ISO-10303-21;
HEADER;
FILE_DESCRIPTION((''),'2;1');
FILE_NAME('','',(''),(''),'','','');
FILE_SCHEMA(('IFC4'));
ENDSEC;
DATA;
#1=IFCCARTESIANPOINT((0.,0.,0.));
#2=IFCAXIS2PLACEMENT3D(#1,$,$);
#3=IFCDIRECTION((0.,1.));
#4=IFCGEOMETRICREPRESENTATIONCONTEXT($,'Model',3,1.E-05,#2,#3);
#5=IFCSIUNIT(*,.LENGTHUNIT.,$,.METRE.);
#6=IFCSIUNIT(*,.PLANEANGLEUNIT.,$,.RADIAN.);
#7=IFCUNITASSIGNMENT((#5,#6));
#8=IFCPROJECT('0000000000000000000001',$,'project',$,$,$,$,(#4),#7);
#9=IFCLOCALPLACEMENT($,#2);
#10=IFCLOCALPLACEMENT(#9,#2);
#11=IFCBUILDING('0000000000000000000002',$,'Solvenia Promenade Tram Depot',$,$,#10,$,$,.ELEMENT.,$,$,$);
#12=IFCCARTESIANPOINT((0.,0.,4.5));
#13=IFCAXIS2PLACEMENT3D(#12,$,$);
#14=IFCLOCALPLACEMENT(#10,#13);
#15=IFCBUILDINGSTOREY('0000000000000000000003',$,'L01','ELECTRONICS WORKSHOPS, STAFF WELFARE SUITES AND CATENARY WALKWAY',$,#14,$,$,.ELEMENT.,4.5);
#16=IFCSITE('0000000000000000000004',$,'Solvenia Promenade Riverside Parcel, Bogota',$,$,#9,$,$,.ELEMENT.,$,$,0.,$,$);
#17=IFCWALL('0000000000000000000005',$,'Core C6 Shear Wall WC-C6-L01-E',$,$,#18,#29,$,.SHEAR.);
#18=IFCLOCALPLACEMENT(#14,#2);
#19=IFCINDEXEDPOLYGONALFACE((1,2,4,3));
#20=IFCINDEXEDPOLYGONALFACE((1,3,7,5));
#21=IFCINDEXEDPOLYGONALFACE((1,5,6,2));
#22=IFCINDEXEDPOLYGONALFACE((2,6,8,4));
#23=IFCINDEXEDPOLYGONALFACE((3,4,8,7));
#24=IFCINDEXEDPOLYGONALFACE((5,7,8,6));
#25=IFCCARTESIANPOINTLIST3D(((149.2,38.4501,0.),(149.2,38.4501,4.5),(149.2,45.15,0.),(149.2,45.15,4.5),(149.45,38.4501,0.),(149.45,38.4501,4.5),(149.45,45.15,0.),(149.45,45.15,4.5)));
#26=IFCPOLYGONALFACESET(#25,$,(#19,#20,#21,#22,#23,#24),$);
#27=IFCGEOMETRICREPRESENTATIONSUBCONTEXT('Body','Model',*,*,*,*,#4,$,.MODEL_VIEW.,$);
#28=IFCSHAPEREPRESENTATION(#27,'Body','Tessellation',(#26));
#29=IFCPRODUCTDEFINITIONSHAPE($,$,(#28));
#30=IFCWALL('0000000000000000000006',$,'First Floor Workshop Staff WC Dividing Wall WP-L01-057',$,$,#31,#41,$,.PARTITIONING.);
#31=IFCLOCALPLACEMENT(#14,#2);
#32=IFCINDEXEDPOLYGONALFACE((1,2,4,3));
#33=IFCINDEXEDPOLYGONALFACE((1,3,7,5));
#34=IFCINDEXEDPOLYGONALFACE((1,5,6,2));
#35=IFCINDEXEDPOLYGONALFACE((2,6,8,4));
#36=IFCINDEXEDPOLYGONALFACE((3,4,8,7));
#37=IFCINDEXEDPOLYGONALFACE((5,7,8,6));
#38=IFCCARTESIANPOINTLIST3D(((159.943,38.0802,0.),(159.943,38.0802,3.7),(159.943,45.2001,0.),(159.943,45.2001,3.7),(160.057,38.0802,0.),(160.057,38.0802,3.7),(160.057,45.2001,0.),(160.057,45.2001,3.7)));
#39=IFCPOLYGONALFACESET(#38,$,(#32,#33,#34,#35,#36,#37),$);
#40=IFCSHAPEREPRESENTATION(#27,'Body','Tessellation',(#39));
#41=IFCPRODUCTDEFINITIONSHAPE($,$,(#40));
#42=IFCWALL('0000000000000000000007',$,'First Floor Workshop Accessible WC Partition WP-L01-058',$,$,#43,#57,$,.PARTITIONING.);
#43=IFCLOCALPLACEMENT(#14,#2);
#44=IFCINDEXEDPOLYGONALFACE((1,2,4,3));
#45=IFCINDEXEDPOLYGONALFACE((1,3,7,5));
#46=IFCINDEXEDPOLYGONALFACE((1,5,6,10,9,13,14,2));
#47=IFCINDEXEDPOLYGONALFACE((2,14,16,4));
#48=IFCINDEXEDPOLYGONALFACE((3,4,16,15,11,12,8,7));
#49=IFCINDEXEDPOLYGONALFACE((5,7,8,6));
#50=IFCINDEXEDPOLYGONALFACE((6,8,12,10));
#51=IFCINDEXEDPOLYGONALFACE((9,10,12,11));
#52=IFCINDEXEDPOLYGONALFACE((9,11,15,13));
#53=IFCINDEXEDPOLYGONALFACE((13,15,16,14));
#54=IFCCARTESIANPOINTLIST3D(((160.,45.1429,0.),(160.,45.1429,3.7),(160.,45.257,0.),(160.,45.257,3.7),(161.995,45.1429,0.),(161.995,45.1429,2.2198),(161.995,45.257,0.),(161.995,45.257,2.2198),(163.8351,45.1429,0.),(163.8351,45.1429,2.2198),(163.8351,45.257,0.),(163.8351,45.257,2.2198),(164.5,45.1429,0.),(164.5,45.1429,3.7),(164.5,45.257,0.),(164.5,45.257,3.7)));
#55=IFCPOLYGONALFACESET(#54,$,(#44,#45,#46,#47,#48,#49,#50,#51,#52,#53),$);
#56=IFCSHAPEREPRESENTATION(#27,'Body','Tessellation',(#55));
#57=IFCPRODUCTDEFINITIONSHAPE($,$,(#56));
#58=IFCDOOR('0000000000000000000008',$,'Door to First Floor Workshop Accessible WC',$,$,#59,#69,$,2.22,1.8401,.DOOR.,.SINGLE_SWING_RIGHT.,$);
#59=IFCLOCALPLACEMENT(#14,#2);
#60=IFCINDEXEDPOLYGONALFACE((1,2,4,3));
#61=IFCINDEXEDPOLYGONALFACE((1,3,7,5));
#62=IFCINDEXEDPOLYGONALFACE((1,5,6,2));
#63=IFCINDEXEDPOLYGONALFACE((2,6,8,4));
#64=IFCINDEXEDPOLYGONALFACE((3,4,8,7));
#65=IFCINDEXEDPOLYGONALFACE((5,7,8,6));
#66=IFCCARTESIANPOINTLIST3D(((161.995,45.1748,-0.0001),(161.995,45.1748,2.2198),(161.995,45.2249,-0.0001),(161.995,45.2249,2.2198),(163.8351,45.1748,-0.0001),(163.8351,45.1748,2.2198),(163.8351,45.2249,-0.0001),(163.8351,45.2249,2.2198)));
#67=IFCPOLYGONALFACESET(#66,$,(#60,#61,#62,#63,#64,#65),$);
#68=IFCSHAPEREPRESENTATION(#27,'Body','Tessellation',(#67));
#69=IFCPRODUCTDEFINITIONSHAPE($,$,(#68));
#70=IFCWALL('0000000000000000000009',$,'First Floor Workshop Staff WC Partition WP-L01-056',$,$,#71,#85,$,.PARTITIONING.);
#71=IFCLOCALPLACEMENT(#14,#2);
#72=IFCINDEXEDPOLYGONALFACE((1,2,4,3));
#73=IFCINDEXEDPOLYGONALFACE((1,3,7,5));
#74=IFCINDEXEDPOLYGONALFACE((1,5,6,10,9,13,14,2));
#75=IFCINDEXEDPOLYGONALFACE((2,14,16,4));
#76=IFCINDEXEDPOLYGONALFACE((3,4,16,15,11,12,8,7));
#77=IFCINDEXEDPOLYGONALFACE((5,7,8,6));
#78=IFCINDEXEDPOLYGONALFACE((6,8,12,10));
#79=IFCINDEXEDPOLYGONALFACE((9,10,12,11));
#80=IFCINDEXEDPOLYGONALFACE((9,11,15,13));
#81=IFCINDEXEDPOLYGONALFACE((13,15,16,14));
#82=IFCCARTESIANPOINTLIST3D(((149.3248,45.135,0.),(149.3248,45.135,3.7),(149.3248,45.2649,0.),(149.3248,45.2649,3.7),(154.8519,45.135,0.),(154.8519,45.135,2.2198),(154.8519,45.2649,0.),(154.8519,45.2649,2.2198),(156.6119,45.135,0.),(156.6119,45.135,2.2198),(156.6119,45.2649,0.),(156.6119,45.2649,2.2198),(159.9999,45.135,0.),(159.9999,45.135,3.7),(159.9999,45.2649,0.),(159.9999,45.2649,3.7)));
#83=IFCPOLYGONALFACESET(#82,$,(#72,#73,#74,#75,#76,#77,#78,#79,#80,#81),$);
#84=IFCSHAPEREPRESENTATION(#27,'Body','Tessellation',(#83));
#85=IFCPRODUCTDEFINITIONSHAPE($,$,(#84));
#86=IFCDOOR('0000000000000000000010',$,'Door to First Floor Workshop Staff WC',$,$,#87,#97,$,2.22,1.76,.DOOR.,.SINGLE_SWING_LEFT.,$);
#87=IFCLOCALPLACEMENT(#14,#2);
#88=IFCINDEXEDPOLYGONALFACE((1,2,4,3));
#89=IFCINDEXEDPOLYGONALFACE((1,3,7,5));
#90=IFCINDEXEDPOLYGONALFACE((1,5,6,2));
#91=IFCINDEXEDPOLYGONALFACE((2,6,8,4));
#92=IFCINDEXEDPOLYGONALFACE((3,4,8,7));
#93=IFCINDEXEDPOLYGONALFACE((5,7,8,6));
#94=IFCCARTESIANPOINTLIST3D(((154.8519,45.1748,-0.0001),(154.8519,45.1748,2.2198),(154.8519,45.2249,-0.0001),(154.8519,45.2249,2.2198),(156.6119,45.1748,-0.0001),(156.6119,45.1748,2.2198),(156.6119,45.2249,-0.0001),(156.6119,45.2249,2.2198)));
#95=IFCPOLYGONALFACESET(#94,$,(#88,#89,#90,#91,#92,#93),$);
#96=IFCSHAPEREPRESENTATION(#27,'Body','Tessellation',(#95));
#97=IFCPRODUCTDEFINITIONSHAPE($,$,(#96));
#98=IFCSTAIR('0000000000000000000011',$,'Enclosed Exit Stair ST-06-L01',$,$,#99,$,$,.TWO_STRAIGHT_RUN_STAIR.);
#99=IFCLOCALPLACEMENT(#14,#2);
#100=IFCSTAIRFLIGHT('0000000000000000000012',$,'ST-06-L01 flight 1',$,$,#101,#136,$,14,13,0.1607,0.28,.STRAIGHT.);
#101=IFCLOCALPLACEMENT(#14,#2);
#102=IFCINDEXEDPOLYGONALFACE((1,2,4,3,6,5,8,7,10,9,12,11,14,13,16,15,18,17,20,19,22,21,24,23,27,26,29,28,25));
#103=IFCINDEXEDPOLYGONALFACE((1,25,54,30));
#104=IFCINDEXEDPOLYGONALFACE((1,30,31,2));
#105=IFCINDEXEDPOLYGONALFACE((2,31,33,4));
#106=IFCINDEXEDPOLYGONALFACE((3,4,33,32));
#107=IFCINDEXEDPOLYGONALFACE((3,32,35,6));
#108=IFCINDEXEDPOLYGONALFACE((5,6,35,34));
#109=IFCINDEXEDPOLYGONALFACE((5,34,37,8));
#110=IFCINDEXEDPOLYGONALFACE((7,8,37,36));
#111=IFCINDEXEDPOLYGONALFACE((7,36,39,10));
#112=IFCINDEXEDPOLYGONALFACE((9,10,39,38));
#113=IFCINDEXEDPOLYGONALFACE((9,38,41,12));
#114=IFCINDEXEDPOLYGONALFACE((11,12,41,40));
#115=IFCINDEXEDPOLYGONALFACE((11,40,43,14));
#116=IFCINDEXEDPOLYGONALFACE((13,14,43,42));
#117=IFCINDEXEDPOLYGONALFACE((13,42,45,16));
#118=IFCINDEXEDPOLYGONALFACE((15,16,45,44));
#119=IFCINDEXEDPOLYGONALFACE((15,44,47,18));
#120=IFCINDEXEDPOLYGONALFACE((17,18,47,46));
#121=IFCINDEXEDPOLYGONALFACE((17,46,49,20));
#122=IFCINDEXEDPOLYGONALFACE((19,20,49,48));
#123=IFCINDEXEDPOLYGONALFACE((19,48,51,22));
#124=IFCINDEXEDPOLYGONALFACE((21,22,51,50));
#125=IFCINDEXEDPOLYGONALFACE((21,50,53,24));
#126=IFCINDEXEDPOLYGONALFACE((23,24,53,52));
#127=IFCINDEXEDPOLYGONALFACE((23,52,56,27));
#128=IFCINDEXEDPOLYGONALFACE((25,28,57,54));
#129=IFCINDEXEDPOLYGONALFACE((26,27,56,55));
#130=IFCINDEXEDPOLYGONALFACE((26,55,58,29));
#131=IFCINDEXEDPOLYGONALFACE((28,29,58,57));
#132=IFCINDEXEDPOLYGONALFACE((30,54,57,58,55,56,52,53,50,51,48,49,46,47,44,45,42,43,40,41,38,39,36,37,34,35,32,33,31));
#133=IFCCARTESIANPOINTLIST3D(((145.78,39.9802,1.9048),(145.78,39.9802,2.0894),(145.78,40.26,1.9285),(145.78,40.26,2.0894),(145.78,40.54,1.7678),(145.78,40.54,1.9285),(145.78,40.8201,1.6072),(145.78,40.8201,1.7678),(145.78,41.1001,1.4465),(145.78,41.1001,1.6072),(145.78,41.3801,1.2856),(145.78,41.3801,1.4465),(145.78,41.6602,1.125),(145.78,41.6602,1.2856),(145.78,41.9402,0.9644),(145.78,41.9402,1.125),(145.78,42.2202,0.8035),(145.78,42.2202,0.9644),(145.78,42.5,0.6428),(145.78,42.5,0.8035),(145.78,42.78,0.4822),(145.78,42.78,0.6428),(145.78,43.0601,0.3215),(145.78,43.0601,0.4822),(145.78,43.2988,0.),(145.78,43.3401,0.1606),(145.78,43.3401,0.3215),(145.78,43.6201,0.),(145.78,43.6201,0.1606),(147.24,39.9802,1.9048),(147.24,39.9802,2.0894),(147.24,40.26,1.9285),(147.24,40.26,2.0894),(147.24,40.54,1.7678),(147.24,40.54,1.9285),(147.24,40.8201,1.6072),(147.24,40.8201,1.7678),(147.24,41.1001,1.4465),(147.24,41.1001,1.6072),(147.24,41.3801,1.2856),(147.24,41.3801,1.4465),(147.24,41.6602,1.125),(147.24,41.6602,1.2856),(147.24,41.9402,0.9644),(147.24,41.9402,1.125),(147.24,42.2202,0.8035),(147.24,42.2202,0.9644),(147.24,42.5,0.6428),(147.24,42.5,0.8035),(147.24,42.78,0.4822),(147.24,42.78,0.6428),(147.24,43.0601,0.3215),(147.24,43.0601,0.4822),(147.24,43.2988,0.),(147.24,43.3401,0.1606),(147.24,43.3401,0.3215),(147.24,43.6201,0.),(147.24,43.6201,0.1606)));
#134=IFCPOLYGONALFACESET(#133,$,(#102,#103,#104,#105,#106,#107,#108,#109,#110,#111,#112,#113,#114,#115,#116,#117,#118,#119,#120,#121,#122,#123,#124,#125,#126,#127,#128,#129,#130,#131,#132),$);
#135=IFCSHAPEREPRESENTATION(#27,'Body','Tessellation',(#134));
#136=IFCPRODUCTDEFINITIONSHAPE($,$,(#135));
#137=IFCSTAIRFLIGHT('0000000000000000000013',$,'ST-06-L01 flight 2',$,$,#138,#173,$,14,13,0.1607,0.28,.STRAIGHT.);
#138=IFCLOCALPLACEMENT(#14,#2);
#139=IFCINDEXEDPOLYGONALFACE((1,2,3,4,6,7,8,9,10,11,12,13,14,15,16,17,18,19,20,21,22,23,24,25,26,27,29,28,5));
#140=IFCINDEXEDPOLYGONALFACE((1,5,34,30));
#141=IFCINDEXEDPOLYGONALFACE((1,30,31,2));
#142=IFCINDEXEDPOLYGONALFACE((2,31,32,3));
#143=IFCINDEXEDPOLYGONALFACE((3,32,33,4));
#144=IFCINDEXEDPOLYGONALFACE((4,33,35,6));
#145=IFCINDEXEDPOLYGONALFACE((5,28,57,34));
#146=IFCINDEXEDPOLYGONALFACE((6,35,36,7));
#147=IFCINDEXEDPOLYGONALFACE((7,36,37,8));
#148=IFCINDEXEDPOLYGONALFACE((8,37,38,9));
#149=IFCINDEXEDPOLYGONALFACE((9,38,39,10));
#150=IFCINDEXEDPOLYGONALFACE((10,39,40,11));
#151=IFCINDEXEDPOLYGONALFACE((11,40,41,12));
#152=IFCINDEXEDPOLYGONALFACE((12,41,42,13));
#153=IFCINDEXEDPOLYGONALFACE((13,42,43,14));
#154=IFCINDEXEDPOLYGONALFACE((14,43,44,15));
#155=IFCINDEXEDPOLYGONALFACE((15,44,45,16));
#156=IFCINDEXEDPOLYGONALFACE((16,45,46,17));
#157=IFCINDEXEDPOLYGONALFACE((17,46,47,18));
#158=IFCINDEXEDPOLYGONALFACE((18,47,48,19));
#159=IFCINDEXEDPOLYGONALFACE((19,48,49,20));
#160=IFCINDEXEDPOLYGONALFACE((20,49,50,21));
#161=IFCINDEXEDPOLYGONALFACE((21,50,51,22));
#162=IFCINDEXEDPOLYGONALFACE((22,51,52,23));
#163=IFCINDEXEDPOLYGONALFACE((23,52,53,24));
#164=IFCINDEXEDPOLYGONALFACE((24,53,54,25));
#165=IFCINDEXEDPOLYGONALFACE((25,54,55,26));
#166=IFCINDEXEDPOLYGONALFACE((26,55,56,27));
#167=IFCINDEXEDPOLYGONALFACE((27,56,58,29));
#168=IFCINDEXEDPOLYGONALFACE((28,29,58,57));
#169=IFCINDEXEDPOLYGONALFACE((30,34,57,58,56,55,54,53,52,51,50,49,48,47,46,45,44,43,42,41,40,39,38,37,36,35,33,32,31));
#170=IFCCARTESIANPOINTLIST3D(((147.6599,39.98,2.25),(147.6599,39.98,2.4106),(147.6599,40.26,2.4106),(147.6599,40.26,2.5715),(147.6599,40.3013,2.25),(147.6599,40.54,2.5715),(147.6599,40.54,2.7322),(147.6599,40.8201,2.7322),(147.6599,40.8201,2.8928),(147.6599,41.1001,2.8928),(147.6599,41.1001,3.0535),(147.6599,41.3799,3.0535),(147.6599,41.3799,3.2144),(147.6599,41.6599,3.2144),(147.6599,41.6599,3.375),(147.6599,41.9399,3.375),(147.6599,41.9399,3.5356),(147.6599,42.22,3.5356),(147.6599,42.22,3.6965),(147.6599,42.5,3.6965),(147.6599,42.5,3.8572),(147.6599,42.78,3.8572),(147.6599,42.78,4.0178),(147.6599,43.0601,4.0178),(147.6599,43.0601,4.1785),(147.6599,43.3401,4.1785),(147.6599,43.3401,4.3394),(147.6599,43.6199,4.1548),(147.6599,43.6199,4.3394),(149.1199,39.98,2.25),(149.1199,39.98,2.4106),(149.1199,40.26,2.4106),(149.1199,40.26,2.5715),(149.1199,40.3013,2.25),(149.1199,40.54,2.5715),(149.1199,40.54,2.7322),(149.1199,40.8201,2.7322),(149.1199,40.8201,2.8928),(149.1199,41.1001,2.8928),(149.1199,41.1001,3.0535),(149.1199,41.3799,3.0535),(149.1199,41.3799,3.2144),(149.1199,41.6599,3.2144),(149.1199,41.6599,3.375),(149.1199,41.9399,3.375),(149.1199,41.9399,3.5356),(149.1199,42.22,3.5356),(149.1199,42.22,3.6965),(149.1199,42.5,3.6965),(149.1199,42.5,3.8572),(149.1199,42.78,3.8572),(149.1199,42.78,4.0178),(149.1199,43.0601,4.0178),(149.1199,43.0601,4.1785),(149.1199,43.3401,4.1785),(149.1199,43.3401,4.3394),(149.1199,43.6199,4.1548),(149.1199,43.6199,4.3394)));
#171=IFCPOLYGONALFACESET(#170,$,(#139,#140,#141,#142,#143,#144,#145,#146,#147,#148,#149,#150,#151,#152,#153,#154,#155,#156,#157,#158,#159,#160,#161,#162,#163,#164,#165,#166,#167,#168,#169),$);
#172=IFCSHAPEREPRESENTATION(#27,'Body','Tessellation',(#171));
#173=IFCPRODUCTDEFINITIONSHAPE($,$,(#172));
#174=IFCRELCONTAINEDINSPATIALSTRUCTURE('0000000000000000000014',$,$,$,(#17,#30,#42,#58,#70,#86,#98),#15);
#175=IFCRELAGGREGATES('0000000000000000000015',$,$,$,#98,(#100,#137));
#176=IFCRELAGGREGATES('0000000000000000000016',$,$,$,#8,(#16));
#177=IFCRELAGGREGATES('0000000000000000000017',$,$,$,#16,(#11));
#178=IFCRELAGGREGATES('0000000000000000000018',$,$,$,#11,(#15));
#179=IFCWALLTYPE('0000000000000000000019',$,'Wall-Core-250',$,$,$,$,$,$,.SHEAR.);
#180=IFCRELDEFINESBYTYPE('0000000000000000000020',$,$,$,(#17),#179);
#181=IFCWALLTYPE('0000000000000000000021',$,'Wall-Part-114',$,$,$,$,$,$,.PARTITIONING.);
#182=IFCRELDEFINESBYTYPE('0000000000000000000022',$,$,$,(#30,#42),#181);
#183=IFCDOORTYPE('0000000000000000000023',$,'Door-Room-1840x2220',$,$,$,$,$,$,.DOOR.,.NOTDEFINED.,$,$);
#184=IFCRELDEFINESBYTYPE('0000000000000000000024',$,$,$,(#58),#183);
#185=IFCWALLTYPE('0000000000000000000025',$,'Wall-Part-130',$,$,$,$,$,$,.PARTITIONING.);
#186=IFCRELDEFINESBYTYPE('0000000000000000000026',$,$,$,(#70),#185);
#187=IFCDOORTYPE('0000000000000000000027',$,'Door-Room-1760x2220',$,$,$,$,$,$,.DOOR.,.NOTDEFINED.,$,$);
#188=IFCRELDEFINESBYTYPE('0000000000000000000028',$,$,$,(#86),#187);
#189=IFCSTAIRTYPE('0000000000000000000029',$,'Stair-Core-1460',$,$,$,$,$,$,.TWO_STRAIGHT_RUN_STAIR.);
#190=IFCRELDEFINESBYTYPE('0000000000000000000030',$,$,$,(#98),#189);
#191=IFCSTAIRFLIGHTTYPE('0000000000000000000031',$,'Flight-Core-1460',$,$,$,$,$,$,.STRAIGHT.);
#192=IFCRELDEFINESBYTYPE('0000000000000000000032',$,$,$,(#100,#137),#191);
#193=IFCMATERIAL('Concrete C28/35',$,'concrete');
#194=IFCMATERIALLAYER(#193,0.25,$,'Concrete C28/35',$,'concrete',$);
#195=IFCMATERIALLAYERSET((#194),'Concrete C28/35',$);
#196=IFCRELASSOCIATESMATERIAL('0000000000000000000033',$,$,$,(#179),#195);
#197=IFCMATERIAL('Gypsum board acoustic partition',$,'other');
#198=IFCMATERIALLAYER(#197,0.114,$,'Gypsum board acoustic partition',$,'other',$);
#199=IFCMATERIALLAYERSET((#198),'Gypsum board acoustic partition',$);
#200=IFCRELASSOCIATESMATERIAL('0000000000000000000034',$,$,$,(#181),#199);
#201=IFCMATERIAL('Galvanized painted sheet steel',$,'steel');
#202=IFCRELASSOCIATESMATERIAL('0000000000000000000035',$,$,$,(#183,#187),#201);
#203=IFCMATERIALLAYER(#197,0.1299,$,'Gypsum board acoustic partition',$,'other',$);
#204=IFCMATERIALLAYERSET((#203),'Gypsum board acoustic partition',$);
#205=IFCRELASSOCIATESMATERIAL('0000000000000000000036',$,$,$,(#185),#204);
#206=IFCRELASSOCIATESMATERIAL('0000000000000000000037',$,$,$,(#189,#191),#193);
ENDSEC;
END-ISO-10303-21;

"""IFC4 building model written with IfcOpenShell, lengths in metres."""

from ifc_helpers import new_model, si_unit, direction, frame, frame_2d, origin, place, context, subcontext, project, spatial, polyline, rectangle, outline, extrude, material, layer, layer_set, type_object, element, fill, aggregate, save


model = new_model("IFC4")

# Units and contexts
model_context = context("Model", 3, precision=1e-05, world=origin(), true_north=direction((0.0, 1.0)))
body_context = subcontext(model_context, "Body", "Model", "MODEL_VIEW")
ifc_project = project(units=[si_unit("LENGTHUNIT", "METRE"), si_unit("PLANEANGLEUNIT", "RADIAN")], contexts=[model_context])

# Site, building, storey
site_placement = place(None, origin())
site = spatial("IfcSite", under=ifc_project, at=site_placement, Name="Solvenia Promenade Riverside Parcel, Bogota", CompositionType="ELEMENT", RefElevation=0.0)
building_placement = place(site_placement, origin())
building = spatial("IfcBuilding", under=site, at=building_placement, Name="Solvenia Promenade Tram Depot", CompositionType="ELEMENT")
storey_placement = place(building_placement, frame((0.0, 0.0, 4.5)))
storey = spatial("IfcBuildingStorey", under=building, at=storey_placement, Name="L01", Description="ELECTRONICS WORKSHOPS, STAFF WELFARE SUITES AND CATENARY WALKWAY", CompositionType="ELEMENT", Elevation=4.5)

# Walls
ifc_material_1 = material(Name="Concrete C28/35", Category="concrete")
ifc_layer_1 = layer(ifc_material_1, 0.25, Name="Concrete C28/35", Category="concrete")
ifc_layer_set_1 = layer_set([ifc_layer_1], Name="Concrete C28/35")
wall_type_1 = type_object("IfcWallType", Name="Wall-Core-250", PredefinedType="SHEAR", material=ifc_layer_set_1)
wall_1_placement = place(storey_placement, frame((149.325, 38.45, 0.0), z_axis=(0.0, 0.0, 1.0), x_axis=(0.0, 1.0, 0.0)))
element("IfcWall", 1, at=wall_1_placement, inside=storey, type_object=wall_type_1, Name="Core C6 Shear Wall WC-C6-L01-E", PredefinedType="SHEAR", context=body_context, shape_type="SweptSolid", body=[
    extrude(rectangle(XDim=6.7, YDim=0.25, at=frame_2d((3.3501, 0.0))), origin(), (0.0, 0.0, 1.0), 4.5),
])
ifc_material_2 = material(Name="Gypsum board acoustic partition", Category="other")
ifc_layer_2 = layer(ifc_material_2, 0.114, Name="Gypsum board acoustic partition", Category="other")
ifc_layer_set_2 = layer_set([ifc_layer_2], Name="Gypsum board acoustic partition")
wall_type_2 = type_object("IfcWallType", Name="Wall-Part-114", PredefinedType="PARTITIONING", material=ifc_layer_set_2)
wall_2_placement = place(storey_placement, frame((160.0, 38.0801, 0.0), z_axis=(0.0, 0.0, 1.0), x_axis=(0.0, 1.0, 0.0)))
element("IfcWall", 2, at=wall_2_placement, inside=storey, type_object=wall_type_2, Name="First Floor Workshop Staff WC Dividing Wall WP-L01-057", PredefinedType="PARTITIONING", context=body_context, shape_type="SweptSolid", body=[
    extrude(rectangle(XDim=7.1199, YDim=0.114, at=frame_2d((3.5601, 0.0))), origin(), (0.0, 0.0, 1.0), 3.7),
])

# Walls, openings, doors
wall_3_placement = place(storey_placement, frame((160.0, 45.2, 0.0), z_axis=(0.0, 0.0, 1.0), x_axis=(1.0, 0.0, 0.0)))
wall_3 = element("IfcWall", 3, at=wall_3_placement, inside=storey, type_object=wall_type_2, Name="First Floor Workshop Accessible WC Partition WP-L01-058", PredefinedType="PARTITIONING", context=body_context, shape_type="SweptSolid", body=[
    extrude(rectangle(XDim=4.5, YDim=0.114, at=frame_2d((2.25, 0.0))), origin(), (0.0, 0.0, 1.0), 3.7),
])
opening_1_placement = place(wall_3_placement, frame((1.9951, 0.0, 0.0)))
opening_1 = element("IfcOpeningElement", 4, at=opening_1_placement, cuts=wall_3, PredefinedType="OPENING", context=body_context, shape_type="SweptSolid", body=[
    extrude(rectangle(XDim=1.8401, YDim=2.22, at=frame_2d((0.9199, 1.1099))), frame((0.0, 0.0669, 0.0), z_axis=(0.0, -1.0, 0.0), x_axis=(1.0, 0.0, 0.0)), (0.0, 0.0, 1.0), 0.134),
])
ifc_material_3 = material(Name="Galvanized painted sheet steel", Category="steel")
door_type_1 = type_object("IfcDoorType", Name="Door-Room-1840x2220", OperationType="NOTDEFINED", PredefinedType="DOOR", material=ifc_material_3)
door_1_placement = place(opening_1_placement, origin())
door_1 = element("IfcDoor", 5, at=door_1_placement, inside=storey, type_object=door_type_1, Name="Door to First Floor Workshop Accessible WC", OperationType="SINGLE_SWING_RIGHT", OverallHeight=2.22, OverallWidth=1.8401, PredefinedType="DOOR", context=body_context, shape_type="SweptSolid", body=[
    extrude(rectangle(XDim=1.8401, YDim=2.22, at=frame_2d((0.9199, 1.1099))), frame((0.0, 0.0249, 0.0), z_axis=(0.0, -1.0, 0.0), x_axis=(1.0, 0.0, 0.0)), (0.0, 0.0, 1.0), 0.05),
])
fill(opening_1, door_1)
ifc_layer_3 = layer(ifc_material_2, 0.1299, Name="Gypsum board acoustic partition", Category="other")
ifc_layer_set_3 = layer_set([ifc_layer_3], Name="Gypsum board acoustic partition")
wall_type_3 = type_object("IfcWallType", Name="Wall-Part-130", PredefinedType="PARTITIONING", material=ifc_layer_set_3)
wall_4_placement = place(storey_placement, frame((149.325, 45.2, 0.0), z_axis=(0.0, 0.0, 1.0), x_axis=(1.0, 0.0, 0.0)))
wall_4 = element("IfcWall", 6, at=wall_4_placement, inside=storey, type_object=wall_type_3, Name="First Floor Workshop Staff WC Partition WP-L01-056", PredefinedType="PARTITIONING", context=body_context, shape_type="SweptSolid", body=[
    extrude(rectangle(XDim=10.675, YDim=0.1299, at=frame_2d((5.3374, 0.0))), origin(), (0.0, 0.0, 1.0), 3.7),
])
opening_2_placement = place(wall_4_placement, frame((5.5271, 0.0, 0.0)))
opening_2 = element("IfcOpeningElement", 7, at=opening_2_placement, cuts=wall_4, PredefinedType="OPENING", context=body_context, shape_type="SweptSolid", body=[
    extrude(rectangle(XDim=1.76, YDim=2.22, at=frame_2d((0.8799, 1.1099))), frame((0.0, 0.075, 0.0), z_axis=(0.0, -1.0, 0.0), x_axis=(1.0, 0.0, 0.0)), (0.0, 0.0, 1.0), 0.1499),
])
door_type_2 = type_object("IfcDoorType", Name="Door-Room-1760x2220", OperationType="NOTDEFINED", PredefinedType="DOOR", material=ifc_material_3)
door_2_placement = place(opening_2_placement, origin())
door_2 = element("IfcDoor", 8, at=door_2_placement, inside=storey, type_object=door_type_2, Name="Door to First Floor Workshop Staff WC", OperationType="SINGLE_SWING_LEFT", OverallHeight=2.22, OverallWidth=1.76, PredefinedType="DOOR", context=body_context, shape_type="SweptSolid", body=[
    extrude(rectangle(XDim=1.76, YDim=2.22, at=frame_2d((0.8799, 1.1099))), frame((0.0, 0.0249, 0.0), z_axis=(0.0, -1.0, 0.0), x_axis=(1.0, 0.0, 0.0)), (0.0, 0.0, 1.0), 0.05),
])
fill(opening_2, door_2)

# Stair, stair flights
stair_type = type_object("IfcStairType", Name="Stair-Core-1460", PredefinedType="TWO_STRAIGHT_RUN_STAIR", material=ifc_material_1)
stair_placement = place(storey_placement, origin())
stair = element("IfcStair", 9, at=stair_placement, inside=storey, type_object=stair_type, Name="Enclosed Exit Stair ST-06-L01", PredefinedType="TWO_STRAIGHT_RUN_STAIR")
stair_flight_type = type_object("IfcStairFlightType", Name="Flight-Core-1460", PredefinedType="STRAIGHT", material=ifc_material_1)
stair_flight_1_placement = place(storey_placement, frame((146.51, 43.6201, 0.0), z_axis=(0.0, 0.0, 1.0), x_axis=(0.0, -1.0, 0.0)))
stair_flight_1 = element("IfcStairFlight", 10, at=stair_flight_1_placement, type_object=stair_flight_type, Name="ST-06-L01 flight 1", NumberOfRisers=14, NumberOfTreads=13, PredefinedType="STRAIGHT", RiserHeight=0.1607, TreadLength=0.28, context=body_context, shape_type="SweptSolid", body=[
    extrude(outline(polyline([(0.0, 0.0), (0.0, 0.1606), (0.28, 0.1606), (0.28, 0.3215), (0.5601, 0.3215), (0.5601, 0.4822), (0.8401, 0.4822), (0.8401, 0.6428), (1.1201, 0.6428), (1.1201, 0.8035), (1.3999, 0.8035), (1.3999, 0.9644), (1.6799, 0.9644), (1.6799, 1.125), (1.96, 1.125), (1.96, 1.2856), (2.24, 1.2856), (2.24, 1.4465), (2.52, 1.4465), (2.52, 1.6072), (2.8, 1.6072), (2.8, 1.7678), (3.0801, 1.7678), (3.0801, 1.9285), (3.3601, 1.9285), (3.3601, 2.0894), (3.6399, 2.0894), (3.6399, 2.25), (3.6399, 1.9048), (0.3213, 0.0), (0.0, 0.0)])), frame((0.0, 0.73, 0.0), z_axis=(0.0, -1.0, 0.0), x_axis=(1.0, 0.0, 0.0)), (0.0, 0.0, 1.0), 1.46),
])
stair_flight_2_placement = place(storey_placement, frame((148.3899, 39.98, 2.25), z_axis=(0.0, 0.0, 1.0), x_axis=(0.0, 1.0, 0.0)))
stair_flight_2 = element("IfcStairFlight", 11, at=stair_flight_2_placement, type_object=stair_flight_type, Name="ST-06-L01 flight 2", NumberOfRisers=14, NumberOfTreads=13, PredefinedType="STRAIGHT", RiserHeight=0.1607, TreadLength=0.28, context=body_context, shape_type="SweptSolid", body=[
    extrude(outline(polyline([(0.0, 0.0), (0.0, 0.1606), (0.28, 0.1606), (0.28, 0.3215), (0.5601, 0.3215), (0.5601, 0.4822), (0.8401, 0.4822), (0.8401, 0.6428), (1.1201, 0.6428), (1.1201, 0.8035), (1.3999, 0.8035), (1.3999, 0.9644), (1.6799, 0.9644), (1.6799, 1.125), (1.96, 1.125), (1.96, 1.2856), (2.24, 1.2856), (2.24, 1.4465), (2.52, 1.4465), (2.52, 1.6072), (2.8, 1.6072), (2.8, 1.7678), (3.0801, 1.7678), (3.0801, 1.9285), (3.3601, 1.9285), (3.3601, 2.0894), (3.6399, 2.0894), (3.6399, 2.25), (3.6399, 1.9048), (0.3213, 0.0), (0.0, 0.0)])), frame((0.0, 0.73, 0.0), z_axis=(0.0, -1.0, 0.0), x_axis=(1.0, 0.0, 0.0)), (0.0, 0.0, 1.0), 1.46),
])
aggregate(stair, [stair_flight_1, stair_flight_2])

save(model, "model.ifc")
